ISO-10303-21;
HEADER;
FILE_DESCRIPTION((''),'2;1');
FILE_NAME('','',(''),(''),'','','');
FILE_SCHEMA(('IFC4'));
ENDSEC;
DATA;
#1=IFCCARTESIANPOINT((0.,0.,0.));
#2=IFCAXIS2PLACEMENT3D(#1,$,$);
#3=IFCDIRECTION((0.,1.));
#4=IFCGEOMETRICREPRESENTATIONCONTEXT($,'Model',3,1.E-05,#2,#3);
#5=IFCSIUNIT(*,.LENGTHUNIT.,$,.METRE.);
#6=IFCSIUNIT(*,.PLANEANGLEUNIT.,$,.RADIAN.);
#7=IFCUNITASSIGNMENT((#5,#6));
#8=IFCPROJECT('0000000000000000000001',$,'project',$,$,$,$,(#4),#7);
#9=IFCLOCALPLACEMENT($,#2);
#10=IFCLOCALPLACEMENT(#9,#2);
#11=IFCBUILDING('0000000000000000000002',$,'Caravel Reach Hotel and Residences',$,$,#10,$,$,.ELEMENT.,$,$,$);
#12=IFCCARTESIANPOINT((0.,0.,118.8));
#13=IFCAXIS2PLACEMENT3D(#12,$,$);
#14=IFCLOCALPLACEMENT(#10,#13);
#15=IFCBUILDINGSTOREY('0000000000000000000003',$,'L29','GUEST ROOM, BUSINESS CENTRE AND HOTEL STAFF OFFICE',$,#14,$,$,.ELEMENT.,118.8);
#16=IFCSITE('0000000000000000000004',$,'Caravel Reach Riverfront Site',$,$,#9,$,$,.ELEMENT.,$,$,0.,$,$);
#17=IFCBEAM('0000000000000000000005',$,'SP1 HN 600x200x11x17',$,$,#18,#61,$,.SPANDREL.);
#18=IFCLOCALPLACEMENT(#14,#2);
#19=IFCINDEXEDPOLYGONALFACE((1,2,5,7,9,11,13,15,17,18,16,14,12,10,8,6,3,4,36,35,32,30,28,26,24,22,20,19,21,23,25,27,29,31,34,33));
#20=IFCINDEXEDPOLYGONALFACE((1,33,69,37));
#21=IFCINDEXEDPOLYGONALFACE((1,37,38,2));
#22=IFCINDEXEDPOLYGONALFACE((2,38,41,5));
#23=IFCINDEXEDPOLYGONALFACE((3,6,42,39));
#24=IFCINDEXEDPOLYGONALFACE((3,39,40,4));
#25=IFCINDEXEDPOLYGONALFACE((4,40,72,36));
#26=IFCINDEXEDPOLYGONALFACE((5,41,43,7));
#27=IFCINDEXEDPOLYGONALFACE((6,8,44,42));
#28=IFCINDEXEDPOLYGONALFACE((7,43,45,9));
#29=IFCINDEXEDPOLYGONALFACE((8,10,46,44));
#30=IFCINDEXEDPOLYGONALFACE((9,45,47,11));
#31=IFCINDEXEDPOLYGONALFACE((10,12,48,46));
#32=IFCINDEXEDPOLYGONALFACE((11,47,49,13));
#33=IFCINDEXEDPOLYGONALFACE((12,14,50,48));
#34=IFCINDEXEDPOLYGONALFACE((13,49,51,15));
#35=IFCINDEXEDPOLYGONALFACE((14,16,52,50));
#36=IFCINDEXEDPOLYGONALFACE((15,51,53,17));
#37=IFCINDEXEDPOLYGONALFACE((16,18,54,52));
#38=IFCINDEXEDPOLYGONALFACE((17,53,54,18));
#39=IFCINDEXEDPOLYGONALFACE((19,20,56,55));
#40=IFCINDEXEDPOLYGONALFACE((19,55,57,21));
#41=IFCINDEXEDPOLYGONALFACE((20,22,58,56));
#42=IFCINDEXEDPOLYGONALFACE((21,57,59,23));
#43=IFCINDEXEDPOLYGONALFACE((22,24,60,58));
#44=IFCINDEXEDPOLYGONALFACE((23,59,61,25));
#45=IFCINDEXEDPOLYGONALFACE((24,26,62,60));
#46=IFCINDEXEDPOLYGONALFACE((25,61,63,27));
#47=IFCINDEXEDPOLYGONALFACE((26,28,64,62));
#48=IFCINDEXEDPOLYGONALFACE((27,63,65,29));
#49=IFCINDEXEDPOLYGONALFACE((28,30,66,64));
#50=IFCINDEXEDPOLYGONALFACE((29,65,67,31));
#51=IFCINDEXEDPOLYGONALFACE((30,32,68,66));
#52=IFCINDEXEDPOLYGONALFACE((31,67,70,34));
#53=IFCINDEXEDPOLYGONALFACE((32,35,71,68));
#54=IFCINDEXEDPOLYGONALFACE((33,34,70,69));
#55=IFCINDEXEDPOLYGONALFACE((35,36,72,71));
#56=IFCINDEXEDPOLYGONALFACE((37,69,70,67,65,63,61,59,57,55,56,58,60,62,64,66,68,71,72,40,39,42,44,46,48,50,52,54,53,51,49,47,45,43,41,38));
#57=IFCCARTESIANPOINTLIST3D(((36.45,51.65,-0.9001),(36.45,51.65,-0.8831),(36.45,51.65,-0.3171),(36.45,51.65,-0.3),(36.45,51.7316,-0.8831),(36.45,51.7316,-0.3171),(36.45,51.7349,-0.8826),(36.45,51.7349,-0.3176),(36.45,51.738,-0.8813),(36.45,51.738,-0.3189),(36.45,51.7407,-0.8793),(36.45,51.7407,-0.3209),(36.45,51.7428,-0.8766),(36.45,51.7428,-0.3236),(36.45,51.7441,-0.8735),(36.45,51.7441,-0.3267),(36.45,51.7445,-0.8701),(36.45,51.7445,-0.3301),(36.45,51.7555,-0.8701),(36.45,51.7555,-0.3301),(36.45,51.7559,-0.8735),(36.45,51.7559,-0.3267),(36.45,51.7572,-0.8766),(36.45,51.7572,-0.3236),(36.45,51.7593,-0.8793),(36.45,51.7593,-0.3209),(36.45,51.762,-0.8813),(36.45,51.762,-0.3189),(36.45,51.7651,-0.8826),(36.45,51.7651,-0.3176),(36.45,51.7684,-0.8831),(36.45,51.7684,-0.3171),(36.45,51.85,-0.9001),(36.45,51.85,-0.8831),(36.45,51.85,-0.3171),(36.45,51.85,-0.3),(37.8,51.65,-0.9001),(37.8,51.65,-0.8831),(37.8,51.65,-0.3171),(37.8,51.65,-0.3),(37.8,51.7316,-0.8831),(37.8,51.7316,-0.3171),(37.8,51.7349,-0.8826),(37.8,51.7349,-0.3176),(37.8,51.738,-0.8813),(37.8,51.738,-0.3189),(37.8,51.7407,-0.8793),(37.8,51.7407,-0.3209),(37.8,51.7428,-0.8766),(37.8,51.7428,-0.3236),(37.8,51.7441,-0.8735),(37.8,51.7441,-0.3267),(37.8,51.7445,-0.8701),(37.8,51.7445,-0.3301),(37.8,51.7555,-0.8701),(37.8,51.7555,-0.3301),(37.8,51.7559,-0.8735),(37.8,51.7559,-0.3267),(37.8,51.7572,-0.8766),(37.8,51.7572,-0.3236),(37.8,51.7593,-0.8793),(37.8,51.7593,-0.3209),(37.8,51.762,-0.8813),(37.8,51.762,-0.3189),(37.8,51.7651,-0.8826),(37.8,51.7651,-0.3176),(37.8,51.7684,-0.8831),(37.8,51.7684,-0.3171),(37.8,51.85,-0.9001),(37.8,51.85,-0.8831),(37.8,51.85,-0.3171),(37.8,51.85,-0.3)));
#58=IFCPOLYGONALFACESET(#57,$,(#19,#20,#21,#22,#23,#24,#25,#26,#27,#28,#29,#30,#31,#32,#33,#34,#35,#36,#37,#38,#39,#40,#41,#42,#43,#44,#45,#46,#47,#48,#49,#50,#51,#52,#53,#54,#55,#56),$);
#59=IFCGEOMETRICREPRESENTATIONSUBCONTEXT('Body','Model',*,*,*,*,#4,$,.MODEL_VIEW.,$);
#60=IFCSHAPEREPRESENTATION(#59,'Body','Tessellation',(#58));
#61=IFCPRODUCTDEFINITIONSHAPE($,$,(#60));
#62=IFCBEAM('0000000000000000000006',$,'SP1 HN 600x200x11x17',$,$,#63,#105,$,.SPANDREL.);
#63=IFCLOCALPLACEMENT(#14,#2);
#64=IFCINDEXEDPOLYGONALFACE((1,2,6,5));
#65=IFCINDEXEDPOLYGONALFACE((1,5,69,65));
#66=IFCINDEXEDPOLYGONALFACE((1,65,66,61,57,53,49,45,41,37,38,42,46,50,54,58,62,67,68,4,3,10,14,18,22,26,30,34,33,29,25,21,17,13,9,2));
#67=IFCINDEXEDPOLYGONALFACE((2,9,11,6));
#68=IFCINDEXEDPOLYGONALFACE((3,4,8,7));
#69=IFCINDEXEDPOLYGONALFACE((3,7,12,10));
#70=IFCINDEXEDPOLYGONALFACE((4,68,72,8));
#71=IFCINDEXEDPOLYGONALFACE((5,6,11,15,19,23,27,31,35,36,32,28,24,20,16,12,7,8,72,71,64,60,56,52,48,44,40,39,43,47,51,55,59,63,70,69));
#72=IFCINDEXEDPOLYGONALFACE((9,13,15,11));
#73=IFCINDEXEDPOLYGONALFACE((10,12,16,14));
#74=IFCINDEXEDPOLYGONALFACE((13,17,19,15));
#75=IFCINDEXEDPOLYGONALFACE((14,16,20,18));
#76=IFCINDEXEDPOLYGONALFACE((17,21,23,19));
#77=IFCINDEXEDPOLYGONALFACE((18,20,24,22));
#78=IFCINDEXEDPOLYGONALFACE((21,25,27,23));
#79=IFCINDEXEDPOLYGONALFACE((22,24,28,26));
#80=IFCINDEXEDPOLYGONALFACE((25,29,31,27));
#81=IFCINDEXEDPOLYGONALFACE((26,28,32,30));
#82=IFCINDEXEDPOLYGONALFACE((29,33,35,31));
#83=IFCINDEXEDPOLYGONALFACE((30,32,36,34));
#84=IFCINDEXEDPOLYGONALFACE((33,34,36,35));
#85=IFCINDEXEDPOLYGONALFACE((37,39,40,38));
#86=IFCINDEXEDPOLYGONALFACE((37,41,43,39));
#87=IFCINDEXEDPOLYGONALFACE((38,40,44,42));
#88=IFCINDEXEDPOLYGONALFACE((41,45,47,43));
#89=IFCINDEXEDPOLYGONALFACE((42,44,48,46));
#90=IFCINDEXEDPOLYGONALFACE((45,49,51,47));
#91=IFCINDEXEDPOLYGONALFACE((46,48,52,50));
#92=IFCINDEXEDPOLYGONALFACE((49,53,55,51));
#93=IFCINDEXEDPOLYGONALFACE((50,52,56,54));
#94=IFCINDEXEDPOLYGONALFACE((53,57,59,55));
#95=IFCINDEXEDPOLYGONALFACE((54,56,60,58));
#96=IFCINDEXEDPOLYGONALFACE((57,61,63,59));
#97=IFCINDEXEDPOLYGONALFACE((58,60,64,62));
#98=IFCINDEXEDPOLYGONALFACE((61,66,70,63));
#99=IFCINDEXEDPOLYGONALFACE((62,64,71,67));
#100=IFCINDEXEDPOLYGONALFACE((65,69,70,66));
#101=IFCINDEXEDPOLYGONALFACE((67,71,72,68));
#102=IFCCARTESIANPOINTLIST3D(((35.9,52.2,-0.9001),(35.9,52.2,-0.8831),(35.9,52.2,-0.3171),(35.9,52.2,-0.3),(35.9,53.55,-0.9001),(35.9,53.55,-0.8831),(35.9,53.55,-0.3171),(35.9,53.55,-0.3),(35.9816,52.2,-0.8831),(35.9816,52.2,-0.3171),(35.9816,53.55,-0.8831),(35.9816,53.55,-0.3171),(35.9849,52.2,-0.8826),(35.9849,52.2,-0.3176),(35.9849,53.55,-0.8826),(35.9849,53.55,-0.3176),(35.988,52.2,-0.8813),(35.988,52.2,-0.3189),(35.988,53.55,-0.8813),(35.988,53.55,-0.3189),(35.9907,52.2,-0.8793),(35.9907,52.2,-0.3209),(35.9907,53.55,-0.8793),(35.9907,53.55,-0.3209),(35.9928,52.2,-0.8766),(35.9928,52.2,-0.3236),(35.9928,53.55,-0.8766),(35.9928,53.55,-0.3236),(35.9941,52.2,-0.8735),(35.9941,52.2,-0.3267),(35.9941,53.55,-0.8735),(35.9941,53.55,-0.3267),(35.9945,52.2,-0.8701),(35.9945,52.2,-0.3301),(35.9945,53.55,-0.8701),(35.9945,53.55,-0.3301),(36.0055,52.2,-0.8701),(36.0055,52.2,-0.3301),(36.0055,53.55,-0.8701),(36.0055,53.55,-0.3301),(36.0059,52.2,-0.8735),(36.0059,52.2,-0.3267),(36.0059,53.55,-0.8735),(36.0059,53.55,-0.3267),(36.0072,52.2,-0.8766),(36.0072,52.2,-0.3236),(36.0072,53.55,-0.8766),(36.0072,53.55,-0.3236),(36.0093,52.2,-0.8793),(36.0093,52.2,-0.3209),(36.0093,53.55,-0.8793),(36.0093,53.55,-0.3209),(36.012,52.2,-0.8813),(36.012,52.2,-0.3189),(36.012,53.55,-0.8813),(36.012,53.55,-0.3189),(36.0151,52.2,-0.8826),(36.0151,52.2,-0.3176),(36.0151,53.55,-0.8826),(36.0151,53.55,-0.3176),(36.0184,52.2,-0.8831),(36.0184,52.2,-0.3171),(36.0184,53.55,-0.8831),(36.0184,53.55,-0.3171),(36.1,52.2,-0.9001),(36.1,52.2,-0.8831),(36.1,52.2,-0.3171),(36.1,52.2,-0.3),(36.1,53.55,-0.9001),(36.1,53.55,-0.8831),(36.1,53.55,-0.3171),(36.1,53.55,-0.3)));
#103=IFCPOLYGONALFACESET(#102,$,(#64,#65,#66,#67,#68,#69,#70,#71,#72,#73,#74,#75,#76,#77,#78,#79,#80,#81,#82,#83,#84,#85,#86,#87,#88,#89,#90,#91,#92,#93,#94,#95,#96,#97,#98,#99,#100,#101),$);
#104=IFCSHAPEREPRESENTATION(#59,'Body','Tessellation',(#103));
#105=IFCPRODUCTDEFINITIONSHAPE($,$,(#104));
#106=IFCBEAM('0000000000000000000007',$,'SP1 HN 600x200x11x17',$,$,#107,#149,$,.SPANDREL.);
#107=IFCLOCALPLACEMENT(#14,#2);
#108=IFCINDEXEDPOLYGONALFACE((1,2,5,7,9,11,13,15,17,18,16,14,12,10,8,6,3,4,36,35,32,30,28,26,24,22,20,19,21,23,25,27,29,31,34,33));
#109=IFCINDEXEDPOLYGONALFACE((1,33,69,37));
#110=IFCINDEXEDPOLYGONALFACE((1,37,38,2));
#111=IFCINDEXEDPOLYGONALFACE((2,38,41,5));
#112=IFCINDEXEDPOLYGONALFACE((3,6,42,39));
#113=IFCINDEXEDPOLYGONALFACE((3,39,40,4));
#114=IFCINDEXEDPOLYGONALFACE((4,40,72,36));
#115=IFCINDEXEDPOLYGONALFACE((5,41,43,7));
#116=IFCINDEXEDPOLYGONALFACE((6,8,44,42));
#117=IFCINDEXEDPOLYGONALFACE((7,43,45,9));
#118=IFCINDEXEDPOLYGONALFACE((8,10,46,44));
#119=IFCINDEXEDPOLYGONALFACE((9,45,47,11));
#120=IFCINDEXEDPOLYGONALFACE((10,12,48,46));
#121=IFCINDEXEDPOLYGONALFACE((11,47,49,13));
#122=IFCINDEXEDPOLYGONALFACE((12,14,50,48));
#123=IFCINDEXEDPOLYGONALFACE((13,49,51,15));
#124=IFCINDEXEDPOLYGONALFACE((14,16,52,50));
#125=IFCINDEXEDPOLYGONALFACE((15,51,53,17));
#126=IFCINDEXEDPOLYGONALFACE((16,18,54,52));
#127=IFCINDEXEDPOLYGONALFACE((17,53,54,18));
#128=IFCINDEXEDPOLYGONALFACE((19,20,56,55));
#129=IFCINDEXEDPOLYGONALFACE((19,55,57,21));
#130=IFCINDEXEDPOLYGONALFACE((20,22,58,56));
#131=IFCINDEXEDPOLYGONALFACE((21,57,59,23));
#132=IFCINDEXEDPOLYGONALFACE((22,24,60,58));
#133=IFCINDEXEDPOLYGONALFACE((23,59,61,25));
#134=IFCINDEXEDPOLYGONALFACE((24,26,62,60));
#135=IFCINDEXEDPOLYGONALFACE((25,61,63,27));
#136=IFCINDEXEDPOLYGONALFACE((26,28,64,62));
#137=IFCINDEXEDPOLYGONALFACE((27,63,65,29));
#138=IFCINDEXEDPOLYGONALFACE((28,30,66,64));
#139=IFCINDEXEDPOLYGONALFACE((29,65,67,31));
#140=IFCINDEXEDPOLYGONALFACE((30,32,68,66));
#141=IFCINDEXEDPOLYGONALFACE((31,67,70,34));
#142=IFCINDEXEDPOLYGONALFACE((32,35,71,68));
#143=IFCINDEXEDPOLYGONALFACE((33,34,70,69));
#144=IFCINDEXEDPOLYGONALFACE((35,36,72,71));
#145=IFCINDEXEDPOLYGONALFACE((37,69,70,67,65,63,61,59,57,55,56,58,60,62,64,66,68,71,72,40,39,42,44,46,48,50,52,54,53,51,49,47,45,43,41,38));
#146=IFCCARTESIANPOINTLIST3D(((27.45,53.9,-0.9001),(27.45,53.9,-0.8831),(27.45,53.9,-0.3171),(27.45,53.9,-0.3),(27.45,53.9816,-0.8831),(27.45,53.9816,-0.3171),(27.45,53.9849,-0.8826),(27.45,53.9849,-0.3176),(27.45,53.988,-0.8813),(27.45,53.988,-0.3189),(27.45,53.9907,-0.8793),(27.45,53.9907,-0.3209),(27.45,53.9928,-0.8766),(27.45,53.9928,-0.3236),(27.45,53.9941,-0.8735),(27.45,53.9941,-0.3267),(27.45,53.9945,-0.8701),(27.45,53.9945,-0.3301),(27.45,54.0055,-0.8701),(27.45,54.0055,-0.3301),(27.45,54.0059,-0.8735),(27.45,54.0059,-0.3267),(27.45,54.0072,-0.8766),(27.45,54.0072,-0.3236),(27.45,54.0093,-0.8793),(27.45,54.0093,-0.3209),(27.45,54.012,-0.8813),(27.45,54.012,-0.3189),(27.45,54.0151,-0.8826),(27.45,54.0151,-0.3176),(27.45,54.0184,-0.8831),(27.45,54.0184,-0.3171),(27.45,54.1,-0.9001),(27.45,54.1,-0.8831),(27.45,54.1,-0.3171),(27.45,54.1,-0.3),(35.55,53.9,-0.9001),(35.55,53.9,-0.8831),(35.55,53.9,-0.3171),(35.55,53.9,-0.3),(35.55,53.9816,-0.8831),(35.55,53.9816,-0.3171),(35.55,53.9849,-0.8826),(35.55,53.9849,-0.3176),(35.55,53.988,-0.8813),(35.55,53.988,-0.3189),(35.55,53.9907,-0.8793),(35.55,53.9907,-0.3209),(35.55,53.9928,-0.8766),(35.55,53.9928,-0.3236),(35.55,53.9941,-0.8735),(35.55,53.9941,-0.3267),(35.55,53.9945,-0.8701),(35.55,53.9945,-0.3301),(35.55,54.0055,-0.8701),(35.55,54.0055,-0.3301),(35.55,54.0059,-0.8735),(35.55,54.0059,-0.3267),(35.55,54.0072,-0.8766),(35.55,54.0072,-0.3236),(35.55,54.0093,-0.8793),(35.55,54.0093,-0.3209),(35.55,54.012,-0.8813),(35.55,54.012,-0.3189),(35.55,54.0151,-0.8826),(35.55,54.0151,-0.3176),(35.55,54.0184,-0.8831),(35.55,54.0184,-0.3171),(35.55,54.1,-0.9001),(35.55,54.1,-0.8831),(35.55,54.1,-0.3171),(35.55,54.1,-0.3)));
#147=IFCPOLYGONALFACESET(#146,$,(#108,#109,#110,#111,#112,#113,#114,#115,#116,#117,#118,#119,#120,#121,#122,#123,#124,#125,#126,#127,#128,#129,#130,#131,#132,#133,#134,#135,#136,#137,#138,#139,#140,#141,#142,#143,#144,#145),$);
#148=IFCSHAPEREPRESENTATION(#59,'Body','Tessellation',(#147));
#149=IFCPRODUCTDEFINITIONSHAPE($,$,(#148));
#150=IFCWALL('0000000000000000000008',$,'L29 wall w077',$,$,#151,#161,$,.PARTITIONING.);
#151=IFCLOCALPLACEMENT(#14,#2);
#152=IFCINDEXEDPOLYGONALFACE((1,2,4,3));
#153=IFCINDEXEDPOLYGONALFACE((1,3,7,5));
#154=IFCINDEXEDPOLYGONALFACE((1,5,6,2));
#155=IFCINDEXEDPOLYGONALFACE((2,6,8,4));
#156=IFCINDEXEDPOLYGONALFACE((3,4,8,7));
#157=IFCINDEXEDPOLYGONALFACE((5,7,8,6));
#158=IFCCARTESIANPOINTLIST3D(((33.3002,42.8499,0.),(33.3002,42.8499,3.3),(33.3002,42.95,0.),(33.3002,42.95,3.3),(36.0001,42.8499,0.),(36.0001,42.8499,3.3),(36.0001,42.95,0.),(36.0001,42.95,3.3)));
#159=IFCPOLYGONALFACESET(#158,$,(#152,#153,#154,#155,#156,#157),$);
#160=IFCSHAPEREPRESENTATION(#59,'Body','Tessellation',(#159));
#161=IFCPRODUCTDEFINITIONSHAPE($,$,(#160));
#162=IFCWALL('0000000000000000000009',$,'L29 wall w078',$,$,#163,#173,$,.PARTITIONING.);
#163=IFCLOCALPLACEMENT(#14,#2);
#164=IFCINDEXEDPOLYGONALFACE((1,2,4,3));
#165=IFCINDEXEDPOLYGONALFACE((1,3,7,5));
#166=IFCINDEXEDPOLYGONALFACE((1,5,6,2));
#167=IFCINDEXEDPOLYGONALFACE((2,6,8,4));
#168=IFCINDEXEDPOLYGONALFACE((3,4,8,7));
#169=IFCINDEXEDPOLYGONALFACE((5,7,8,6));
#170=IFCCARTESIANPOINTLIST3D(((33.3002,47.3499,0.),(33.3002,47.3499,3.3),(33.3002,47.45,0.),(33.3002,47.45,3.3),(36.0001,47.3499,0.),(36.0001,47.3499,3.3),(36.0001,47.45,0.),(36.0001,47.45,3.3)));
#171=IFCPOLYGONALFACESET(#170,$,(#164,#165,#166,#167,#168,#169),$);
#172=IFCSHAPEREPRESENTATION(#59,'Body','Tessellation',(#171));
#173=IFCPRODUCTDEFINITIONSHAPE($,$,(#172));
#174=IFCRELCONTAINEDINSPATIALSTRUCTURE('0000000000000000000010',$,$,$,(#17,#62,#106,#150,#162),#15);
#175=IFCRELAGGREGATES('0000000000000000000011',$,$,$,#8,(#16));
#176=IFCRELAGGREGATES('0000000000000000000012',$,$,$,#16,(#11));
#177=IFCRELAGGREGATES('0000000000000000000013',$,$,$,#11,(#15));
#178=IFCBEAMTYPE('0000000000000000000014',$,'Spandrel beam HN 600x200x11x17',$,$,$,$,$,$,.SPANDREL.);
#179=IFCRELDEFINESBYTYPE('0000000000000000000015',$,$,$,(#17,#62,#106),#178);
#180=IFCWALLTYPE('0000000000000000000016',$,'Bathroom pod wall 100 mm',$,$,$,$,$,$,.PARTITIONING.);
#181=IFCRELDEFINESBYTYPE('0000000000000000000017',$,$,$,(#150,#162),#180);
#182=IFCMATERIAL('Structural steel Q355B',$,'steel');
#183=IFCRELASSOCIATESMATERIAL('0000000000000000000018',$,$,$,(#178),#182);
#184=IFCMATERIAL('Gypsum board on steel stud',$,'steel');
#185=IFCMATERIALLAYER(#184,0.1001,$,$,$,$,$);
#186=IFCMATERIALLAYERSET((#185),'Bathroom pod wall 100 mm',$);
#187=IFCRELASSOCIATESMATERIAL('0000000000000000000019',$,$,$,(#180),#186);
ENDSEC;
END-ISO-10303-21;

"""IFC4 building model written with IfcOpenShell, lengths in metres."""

from ifc_helpers import new_model, si_unit, direction, frame, frame_2d, origin, origin_2d, place, context, subcontext, project, spatial, rectangle, i_section, extrude, material, layer, layer_set, material_profile, profile_set, type_object, element, save


model = new_model("IFC4")

# Units and contexts
model_context = context("Model", 3, precision=1e-05, world=origin(), true_north=direction((0.0, 1.0)))
body_context = subcontext(model_context, "Body", "Model", "MODEL_VIEW")
ifc_project = project(units=[si_unit("LENGTHUNIT", "METRE"), si_unit("PLANEANGLEUNIT", "RADIAN")], contexts=[model_context])

# Site, building, storey
site_placement = place(None, origin())
site = spatial("IfcSite", under=ifc_project, at=site_placement, Name="Caravel Reach Riverfront Site", CompositionType="ELEMENT", RefElevation=0.0)
building_placement = place(site_placement, origin())
building = spatial("IfcBuilding", under=site, at=building_placement, Name="Caravel Reach Hotel and Residences", CompositionType="ELEMENT")
storey_placement = place(building_placement, frame((0.0, 0.0, 118.8)))
storey = spatial("IfcBuildingStorey", under=building, at=storey_placement, Name="L29", Description="GUEST ROOM, BUSINESS CENTRE AND HOTEL STAFF OFFICE", CompositionType="ELEMENT", Elevation=118.8)

# Beams
ifc_material_1 = material(Name="Structural steel Q355B", Category="steel")
ifc_material_profile_1 = material_profile(ifc_material_1, i_section(OverallWidth=0.2, OverallDepth=0.6001, WebThickness=0.011, FlangeThickness=0.0171, FilletRadius=0.0129, at=origin_2d()), Name="HN 600x200x11x17")
ifc_profile_set_1 = profile_set([ifc_material_profile_1], Name="Structural steel Q355B")
beam_type = type_object("IfcBeamType", Name="Spandrel beam HN 600x200x11x17", PredefinedType="SPANDREL", material=ifc_profile_set_1)
for number, where, z_axis, x_axis, name in (
    (1, (37.8, 51.75, -0.6001), (-1.0, 0.0, 0.0), (0.0, -1.0, 0.0), "SP1 HN 600x200x11x17"),
    (2, (36.0, 52.2, -0.6001), (0.0, 1.0, 0.0), (-1.0, 0.0, 0.0), "SP1 HN 600x200x11x17"),
):
    element("IfcBeam", number, at=place(storey_placement, frame(where, z_axis=z_axis, x_axis=x_axis)), inside=storey, type_object=beam_type, Name=name, PredefinedType="SPANDREL", context=body_context, shape_type="SweptSolid", body=[
        extrude(i_section(OverallWidth=0.2, OverallDepth=0.6001, WebThickness=0.011, FlangeThickness=0.0171, FilletRadius=0.0129, at=origin_2d()), origin(), (0.0, 0.0, 1.0), 1.3501),
    ])
beam_placement = place(storey_placement, frame((35.55, 54.0, -0.6001), z_axis=(-1.0, 0.0, 0.0), x_axis=(0.0, -1.0, 0.0)))
element("IfcBeam", 3, at=beam_placement, inside=storey, type_object=beam_type, Name="SP1 HN 600x200x11x17", PredefinedType="SPANDREL", context=body_context, shape_type="SweptSolid", body=[
    extrude(i_section(OverallWidth=0.2, OverallDepth=0.6001, WebThickness=0.011, FlangeThickness=0.0171, FilletRadius=0.0129, at=origin_2d()), origin(), (0.0, 0.0, 1.0), 8.1001),
])

# Walls
ifc_material_2 = material(Name="Gypsum board on steel stud", Category="steel")
ifc_layer_1 = layer(ifc_material_2, 0.1001)
ifc_layer_set_1 = layer_set([ifc_layer_1], Name="Bathroom pod wall 100 mm")
wall_type_1 = type_object("IfcWallType", Name="Bathroom pod wall 100 mm", PredefinedType="PARTITIONING", material=ifc_layer_set_1)
for number, where, z_axis, x_axis, name in (
    (4, (33.3, 42.8999, 0.0), (0.0, 0.0, 1.0), (1.0, 0.0, 0.0), "L29 wall w077"),
    (5, (33.3, 47.3999, 0.0), (0.0, 0.0, 1.0), (1.0, 0.0, 0.0), "L29 wall w078"),
):
    element("IfcWall", number, at=place(storey_placement, frame(where, z_axis=z_axis, x_axis=x_axis)), inside=storey, type_object=wall_type_1, Name=name, PredefinedType="PARTITIONING", context=body_context, shape_type="SweptSolid", body=[
        extrude(rectangle(XDim=2.7, YDim=0.1001, at=frame_2d((1.3501, 0.0))), origin(), (0.0, 0.0, 1.0), 3.3),
    ])

save(model, "model.ifc")
